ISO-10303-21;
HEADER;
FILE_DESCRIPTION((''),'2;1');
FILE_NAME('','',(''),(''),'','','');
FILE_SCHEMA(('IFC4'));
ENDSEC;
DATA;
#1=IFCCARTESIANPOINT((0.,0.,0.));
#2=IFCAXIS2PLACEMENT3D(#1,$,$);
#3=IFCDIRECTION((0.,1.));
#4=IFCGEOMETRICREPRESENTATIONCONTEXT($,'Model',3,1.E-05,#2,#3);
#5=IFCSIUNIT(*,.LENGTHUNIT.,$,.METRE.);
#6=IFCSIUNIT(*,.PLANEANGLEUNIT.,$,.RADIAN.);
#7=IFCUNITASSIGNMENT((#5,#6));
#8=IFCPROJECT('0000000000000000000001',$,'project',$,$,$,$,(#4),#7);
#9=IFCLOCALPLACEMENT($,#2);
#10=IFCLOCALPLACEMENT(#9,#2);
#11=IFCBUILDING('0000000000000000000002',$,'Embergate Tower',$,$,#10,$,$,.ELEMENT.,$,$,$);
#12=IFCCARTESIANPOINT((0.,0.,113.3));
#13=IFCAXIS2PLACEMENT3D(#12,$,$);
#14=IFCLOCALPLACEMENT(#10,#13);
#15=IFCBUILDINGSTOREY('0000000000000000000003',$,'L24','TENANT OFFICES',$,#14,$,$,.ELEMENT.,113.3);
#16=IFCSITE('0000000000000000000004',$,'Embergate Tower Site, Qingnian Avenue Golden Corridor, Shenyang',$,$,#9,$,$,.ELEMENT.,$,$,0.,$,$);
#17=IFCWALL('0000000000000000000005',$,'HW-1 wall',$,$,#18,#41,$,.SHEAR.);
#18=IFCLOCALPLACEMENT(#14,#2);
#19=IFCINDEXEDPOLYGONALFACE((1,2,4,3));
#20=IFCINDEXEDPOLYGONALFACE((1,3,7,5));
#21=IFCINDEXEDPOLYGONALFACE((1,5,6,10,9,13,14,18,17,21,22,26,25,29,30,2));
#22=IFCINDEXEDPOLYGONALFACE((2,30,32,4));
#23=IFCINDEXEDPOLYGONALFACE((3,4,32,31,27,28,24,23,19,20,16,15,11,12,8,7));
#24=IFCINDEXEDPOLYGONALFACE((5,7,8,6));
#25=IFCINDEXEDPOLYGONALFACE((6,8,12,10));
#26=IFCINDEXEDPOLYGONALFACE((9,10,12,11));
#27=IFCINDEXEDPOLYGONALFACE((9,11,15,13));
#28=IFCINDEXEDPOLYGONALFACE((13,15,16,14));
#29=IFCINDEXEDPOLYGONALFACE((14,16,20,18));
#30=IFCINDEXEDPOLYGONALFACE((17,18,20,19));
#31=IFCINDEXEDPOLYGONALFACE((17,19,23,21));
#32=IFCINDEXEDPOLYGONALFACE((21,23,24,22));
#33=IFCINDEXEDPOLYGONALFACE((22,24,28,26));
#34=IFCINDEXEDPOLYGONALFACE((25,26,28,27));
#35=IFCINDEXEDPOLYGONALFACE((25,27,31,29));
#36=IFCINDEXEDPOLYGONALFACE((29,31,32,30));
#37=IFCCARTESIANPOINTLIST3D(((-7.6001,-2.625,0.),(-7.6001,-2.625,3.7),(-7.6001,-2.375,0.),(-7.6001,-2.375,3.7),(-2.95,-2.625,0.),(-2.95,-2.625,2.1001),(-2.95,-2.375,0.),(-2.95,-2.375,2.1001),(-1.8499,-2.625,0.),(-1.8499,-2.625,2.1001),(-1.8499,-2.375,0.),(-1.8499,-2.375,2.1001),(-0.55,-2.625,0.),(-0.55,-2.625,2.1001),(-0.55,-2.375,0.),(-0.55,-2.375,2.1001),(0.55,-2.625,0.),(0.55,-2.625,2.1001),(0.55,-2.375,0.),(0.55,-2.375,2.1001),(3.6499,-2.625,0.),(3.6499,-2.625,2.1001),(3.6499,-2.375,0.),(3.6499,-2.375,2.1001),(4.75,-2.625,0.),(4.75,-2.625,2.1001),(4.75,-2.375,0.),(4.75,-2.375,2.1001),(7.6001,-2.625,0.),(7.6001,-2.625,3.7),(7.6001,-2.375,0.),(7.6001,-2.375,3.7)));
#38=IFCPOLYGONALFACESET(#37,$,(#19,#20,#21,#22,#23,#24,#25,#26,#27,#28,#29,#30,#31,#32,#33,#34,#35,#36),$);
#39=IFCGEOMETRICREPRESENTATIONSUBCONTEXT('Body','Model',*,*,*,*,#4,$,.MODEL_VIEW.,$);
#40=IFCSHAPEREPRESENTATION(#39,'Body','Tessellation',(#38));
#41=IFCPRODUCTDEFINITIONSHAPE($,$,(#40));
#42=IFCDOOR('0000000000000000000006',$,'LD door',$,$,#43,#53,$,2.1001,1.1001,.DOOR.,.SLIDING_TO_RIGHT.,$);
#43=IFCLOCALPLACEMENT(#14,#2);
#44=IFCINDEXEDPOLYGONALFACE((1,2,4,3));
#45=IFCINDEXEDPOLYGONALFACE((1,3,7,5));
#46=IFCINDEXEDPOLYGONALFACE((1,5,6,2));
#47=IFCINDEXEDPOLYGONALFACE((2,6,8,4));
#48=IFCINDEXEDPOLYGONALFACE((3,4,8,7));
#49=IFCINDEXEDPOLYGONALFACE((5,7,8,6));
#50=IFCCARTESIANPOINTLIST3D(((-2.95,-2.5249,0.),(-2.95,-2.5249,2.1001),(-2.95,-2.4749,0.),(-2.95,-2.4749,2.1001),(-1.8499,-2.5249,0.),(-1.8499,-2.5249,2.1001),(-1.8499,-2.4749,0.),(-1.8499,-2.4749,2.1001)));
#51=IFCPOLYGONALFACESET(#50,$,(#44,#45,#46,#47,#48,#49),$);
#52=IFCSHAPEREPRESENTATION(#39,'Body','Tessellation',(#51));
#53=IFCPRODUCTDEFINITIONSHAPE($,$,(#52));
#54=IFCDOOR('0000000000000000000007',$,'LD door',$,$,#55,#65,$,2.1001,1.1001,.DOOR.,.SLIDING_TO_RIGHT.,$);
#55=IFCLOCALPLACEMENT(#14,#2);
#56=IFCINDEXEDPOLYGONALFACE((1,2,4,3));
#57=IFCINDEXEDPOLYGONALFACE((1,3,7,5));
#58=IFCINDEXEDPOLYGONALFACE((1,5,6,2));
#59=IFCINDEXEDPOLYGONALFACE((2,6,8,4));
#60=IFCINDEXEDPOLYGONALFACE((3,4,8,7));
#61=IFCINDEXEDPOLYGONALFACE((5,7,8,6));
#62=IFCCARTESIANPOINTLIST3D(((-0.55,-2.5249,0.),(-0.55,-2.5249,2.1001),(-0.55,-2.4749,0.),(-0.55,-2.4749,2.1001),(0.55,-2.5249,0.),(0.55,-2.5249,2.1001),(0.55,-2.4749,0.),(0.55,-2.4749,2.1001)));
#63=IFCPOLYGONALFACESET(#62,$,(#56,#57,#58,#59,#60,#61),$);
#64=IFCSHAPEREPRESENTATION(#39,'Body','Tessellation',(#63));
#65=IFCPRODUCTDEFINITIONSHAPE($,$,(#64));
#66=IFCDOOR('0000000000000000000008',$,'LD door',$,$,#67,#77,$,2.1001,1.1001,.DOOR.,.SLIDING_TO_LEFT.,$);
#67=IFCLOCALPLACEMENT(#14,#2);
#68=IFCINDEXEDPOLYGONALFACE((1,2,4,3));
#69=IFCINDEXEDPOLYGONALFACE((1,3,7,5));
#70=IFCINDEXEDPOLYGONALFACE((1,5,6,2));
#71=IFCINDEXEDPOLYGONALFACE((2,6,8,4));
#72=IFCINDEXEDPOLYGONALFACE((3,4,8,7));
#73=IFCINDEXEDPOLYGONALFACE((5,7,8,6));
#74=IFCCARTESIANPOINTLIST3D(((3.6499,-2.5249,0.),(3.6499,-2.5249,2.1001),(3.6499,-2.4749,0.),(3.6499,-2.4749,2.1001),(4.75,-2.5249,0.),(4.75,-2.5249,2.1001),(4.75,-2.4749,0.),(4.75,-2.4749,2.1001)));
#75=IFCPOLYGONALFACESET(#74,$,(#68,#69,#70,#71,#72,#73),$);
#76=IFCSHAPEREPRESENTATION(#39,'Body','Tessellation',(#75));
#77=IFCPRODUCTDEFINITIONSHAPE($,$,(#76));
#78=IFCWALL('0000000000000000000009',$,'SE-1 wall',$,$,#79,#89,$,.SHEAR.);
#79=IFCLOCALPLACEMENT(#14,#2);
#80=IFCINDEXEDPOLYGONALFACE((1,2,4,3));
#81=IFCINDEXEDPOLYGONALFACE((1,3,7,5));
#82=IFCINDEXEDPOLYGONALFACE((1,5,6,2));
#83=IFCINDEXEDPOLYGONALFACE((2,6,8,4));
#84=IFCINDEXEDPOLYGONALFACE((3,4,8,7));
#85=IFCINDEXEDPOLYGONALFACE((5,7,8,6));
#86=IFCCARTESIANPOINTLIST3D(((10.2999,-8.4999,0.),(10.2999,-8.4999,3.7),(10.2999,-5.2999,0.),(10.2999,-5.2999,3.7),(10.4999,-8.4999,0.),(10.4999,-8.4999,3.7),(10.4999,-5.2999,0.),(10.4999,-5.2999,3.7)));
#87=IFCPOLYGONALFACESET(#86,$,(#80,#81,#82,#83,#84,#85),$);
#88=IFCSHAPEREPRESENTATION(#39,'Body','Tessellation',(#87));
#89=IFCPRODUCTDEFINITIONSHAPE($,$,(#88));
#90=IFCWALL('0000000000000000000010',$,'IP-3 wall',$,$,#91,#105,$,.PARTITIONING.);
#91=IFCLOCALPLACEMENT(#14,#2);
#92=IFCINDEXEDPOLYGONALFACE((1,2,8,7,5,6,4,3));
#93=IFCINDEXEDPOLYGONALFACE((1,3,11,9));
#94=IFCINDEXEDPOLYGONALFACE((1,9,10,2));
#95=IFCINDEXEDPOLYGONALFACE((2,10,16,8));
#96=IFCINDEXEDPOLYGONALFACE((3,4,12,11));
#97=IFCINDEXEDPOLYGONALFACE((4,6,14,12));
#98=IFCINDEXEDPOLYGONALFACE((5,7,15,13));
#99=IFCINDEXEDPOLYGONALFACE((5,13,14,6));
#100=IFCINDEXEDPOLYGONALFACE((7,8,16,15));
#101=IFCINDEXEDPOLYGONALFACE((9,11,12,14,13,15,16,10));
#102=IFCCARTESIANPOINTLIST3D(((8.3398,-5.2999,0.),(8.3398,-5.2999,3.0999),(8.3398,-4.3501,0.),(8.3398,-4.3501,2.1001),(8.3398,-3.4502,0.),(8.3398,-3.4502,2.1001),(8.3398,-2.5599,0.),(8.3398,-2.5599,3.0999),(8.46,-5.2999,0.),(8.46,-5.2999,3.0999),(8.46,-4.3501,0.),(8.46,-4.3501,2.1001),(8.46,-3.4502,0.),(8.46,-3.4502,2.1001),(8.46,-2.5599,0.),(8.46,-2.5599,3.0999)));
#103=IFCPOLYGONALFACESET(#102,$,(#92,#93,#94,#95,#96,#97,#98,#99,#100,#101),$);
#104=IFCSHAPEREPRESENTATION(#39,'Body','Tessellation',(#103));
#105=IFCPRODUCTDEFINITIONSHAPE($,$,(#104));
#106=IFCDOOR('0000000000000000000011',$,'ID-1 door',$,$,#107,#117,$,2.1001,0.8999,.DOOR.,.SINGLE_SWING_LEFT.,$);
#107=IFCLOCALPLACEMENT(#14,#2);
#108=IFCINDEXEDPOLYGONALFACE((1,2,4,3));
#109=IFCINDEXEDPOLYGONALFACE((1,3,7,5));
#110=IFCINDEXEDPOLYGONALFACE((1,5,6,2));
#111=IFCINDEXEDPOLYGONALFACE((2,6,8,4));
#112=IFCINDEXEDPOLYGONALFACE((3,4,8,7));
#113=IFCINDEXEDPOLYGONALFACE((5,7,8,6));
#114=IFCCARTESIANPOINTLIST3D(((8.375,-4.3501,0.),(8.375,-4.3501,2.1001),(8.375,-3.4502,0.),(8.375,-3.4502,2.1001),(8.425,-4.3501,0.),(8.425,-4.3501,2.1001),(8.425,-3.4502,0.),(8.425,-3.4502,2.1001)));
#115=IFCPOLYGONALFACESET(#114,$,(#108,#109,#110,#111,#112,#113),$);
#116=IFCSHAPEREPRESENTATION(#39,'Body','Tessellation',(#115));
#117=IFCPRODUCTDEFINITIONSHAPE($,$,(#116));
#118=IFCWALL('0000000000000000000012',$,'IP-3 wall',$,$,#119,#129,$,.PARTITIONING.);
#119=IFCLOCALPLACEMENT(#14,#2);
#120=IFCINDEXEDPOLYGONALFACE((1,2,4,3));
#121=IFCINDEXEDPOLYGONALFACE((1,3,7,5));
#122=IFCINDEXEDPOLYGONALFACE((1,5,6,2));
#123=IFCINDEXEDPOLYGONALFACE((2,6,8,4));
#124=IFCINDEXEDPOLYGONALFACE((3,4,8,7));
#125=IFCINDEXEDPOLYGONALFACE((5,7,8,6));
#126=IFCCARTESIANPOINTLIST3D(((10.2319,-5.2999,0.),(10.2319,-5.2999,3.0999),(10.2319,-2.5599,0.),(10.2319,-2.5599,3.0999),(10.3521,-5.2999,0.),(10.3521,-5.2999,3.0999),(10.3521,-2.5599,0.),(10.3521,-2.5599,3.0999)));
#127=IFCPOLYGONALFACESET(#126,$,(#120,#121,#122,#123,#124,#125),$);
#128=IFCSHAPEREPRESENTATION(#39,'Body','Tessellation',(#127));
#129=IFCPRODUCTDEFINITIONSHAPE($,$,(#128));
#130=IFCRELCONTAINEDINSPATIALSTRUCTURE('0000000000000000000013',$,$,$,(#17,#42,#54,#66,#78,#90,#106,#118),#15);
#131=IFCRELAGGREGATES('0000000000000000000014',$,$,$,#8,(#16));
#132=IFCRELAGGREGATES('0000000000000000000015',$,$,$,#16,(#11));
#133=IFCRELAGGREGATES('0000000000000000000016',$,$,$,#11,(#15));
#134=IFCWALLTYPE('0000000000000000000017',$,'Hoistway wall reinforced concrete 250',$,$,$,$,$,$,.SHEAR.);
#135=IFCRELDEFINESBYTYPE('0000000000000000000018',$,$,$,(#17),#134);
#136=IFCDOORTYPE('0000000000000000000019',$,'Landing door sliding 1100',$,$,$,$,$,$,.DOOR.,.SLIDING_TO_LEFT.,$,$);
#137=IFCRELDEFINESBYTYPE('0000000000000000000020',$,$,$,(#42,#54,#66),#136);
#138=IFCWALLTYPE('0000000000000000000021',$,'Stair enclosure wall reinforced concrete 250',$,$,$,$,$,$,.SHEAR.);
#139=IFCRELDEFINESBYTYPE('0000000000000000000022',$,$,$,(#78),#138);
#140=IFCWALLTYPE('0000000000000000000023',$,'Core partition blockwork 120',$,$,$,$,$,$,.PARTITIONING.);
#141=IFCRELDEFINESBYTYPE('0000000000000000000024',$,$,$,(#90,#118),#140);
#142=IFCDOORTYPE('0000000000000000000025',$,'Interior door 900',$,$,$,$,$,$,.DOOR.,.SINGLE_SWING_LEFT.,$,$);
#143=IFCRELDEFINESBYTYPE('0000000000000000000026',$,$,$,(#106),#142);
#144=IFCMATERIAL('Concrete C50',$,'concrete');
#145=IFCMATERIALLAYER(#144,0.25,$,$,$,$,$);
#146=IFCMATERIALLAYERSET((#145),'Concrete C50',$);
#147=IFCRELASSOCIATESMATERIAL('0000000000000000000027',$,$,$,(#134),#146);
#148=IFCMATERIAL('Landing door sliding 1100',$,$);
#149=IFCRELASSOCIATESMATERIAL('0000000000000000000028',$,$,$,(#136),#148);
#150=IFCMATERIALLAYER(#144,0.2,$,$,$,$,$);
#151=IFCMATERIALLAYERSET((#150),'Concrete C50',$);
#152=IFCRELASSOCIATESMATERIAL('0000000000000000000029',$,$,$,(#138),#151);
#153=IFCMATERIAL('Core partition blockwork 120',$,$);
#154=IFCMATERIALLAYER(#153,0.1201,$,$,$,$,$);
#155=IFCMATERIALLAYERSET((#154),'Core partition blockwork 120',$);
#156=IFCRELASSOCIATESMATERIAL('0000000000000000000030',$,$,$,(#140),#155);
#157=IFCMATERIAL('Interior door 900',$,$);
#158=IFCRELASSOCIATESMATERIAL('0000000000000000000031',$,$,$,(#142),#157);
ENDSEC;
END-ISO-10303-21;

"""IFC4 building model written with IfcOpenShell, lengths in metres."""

from ifc_helpers import new_model, si_unit, direction, frame, frame_2d, origin, place, context, subcontext, project, spatial, rectangle, extrude, source, transform, mapped, material, layer, layer_set, type_object, element, fill, save


model = new_model("IFC4")

# Units and contexts
model_context = context("Model", 3, precision=1e-05, world=origin(), true_north=direction((0.0, 1.0)))
body_context = subcontext(model_context, "Body", "Model", "MODEL_VIEW")
ifc_project = project(units=[si_unit("LENGTHUNIT", "METRE"), si_unit("PLANEANGLEUNIT", "RADIAN")], contexts=[model_context])

# Site, building, storey
site_placement = place(None, origin())
site = spatial("IfcSite", under=ifc_project, at=site_placement, Name="Embergate Tower Site, Qingnian Avenue Golden Corridor, Shenyang", CompositionType="ELEMENT", RefElevation=0.0)
building_placement = place(site_placement, origin())
building = spatial("IfcBuilding", under=site, at=building_placement, Name="Embergate Tower", CompositionType="ELEMENT")
storey_placement = place(building_placement, frame((0.0, 0.0, 113.3)))
storey = spatial("IfcBuildingStorey", under=building, at=storey_placement, Name="L24", Description="TENANT OFFICES", CompositionType="ELEMENT", Elevation=113.3)

# Shared definitions
ifc_material_1 = material(Name="Concrete C50", Category="concrete")
ifc_layer_1 = layer(ifc_material_1, 0.25)
ifc_layer_set_1 = layer_set([ifc_layer_1], Name="Concrete C50")
wall_type_1 = type_object("IfcWallType", Name="Hoistway wall reinforced concrete 250", PredefinedType="SHEAR", material=ifc_layer_set_1)

# Wall, openings, doors
shared_shape_1 = source(origin(), body_context, "Body", "SweptSolid", [
    extrude(rectangle(XDim=15.2002, YDim=0.25, at=frame_2d((7.6001, 0.0))), origin(), (0.0, 0.0, 1.0), 3.7),
])
wall_1_placement = place(storey_placement, frame((7.6001, -2.5, 0.0), z_axis=(0.0, 0.0, 1.0), x_axis=(-1.0, 0.0, 0.0)))
wall_1 = element("IfcWall", 1, at=wall_1_placement, inside=storey, type_object=wall_type_1, Name="HW-1 wall", PredefinedType="SHEAR", context=body_context, shape_type="MappedRepresentation", body=[
    mapped(shared_shape_1, transform((0.0, 0.0, 0.0))),
])
shared_shape_2 = source(origin(), body_context, "Body", "SweptSolid", [
    extrude(rectangle(XDim=1.1001, YDim=2.1001, at=frame_2d((0.55, 1.05))), frame((0.0, 0.135, 0.0), z_axis=(0.0, -1.0, 0.0), x_axis=(1.0, 0.0, 0.0)), (0.0, 0.0, 1.0), 0.27),
])
opening_1_placement = place(wall_1_placement, frame((9.45, 0.0, 0.0)))
opening_1 = element("IfcOpeningElement", 2, at=opening_1_placement, cuts=wall_1, PredefinedType="OPENING", context=body_context, shape_type="MappedRepresentation", body=[
    mapped(shared_shape_2, transform((0.0, 0.0, 0.0))),
])
opening_2_placement = place(wall_1_placement, frame((7.05, 0.0, 0.0)))
opening_2 = element("IfcOpeningElement", 3, at=opening_2_placement, cuts=wall_1, PredefinedType="OPENING", context=body_context, shape_type="MappedRepresentation", body=[
    mapped(shared_shape_2, transform((0.0, 0.0, 0.0))),
])
opening_3_placement = place(wall_1_placement, frame((2.8501, 0.0, 0.0)))
opening_3 = element("IfcOpeningElement", 4, at=opening_3_placement, cuts=wall_1, PredefinedType="OPENING", context=body_context, shape_type="MappedRepresentation", body=[
    mapped(shared_shape_2, transform((0.0, 0.0, 0.0))),
])
ifc_material_2 = material(Name="Landing door sliding 1100")
door_type_1 = type_object("IfcDoorType", Name="Landing door sliding 1100", OperationType="SLIDING_TO_LEFT", PredefinedType="DOOR", material=ifc_material_2)
shared_shape_3 = source(origin(), body_context, "Body", "SweptSolid", [
    extrude(rectangle(XDim=1.1001, YDim=2.1001, at=frame_2d((0.55, 1.05))), frame((0.0, 0.0249, 0.0), z_axis=(0.0, -1.0, 0.0), x_axis=(1.0, 0.0, 0.0)), (0.0, 0.0, 1.0), 0.05),
])
door_1_placement = place(opening_1_placement, origin())
door_1 = element("IfcDoor", 5, at=door_1_placement, inside=storey, type_object=door_type_1, Name="LD door", OperationType="SLIDING_TO_RIGHT", OverallHeight=2.1001, OverallWidth=1.1001, PredefinedType="DOOR", context=body_context, shape_type="MappedRepresentation", body=[
    mapped(shared_shape_3, transform((0.0, 0.0, 0.0))),
])
fill(opening_1, door_1)
door_2_placement = place(opening_2_placement, origin())
door_2 = element("IfcDoor", 6, at=door_2_placement, inside=storey, type_object=door_type_1, Name="LD door", OperationType="SLIDING_TO_RIGHT", OverallHeight=2.1001, OverallWidth=1.1001, PredefinedType="DOOR", context=body_context, shape_type="MappedRepresentation", body=[
    mapped(shared_shape_3, transform((0.0, 0.0, 0.0))),
])
fill(opening_2, door_2)
door_3_placement = place(opening_3_placement, origin())
door_3 = element("IfcDoor", 7, at=door_3_placement, inside=storey, type_object=door_type_1, Name="LD door", OperationType="SLIDING_TO_LEFT", OverallHeight=2.1001, OverallWidth=1.1001, PredefinedType="DOOR", context=body_context, shape_type="MappedRepresentation", body=[
    mapped(shared_shape_3, transform((0.0, 0.0, 0.0))),
])
fill(opening_3, door_3)

# Wall
ifc_layer_2 = layer(ifc_material_1, 0.2)
ifc_layer_set_2 = layer_set([ifc_layer_2], Name="Concrete C50")
wall_type_2 = type_object("IfcWallType", Name="Stair enclosure wall reinforced concrete 250", PredefinedType="SHEAR", material=ifc_layer_set_2)
shared_shape_4 = source(origin(), body_context, "Body", "SweptSolid", [
    extrude(rectangle(XDim=3.2, YDim=0.2, at=frame_2d((1.6001, 0.0))), origin(), (0.0, 0.0, 1.0), 3.7),
])
wall_2_placement = place(storey_placement, frame((10.3999, -8.5, 0.0), z_axis=(0.0, 0.0, 1.0), x_axis=(0.0, 1.0, 0.0)))
element("IfcWall", 8, at=wall_2_placement, inside=storey, type_object=wall_type_2, Name="SE-1 wall", PredefinedType="SHEAR", context=body_context, shape_type="MappedRepresentation", body=[
    mapped(shared_shape_4, transform((0.0, 0.0, 0.0))),
])

# Wall, opening, door
ifc_material_3 = material(Name="Core partition blockwork 120")
ifc_layer_3 = layer(ifc_material_3, 0.1201)
ifc_layer_set_3 = layer_set([ifc_layer_3], Name="Core partition blockwork 120")
wall_type_3 = type_object("IfcWallType", Name="Core partition blockwork 120", PredefinedType="PARTITIONING", material=ifc_layer_set_3)
shared_shape_5 = source(origin(), body_context, "Body", "SweptSolid", [
    extrude(rectangle(XDim=2.74, YDim=0.1201, at=frame_2d((1.3701, 0.0))), origin(), (0.0, 0.0, 1.0), 3.0999),
])
wall_3_placement = place(storey_placement, frame((8.3999, -5.3, 0.0), z_axis=(0.0, 0.0, 1.0), x_axis=(0.0, 1.0, 0.0)))
wall_3 = element("IfcWall", 9, at=wall_3_placement, inside=storey, type_object=wall_type_3, Name="IP-3 wall", PredefinedType="PARTITIONING", context=body_context, shape_type="MappedRepresentation", body=[
    mapped(shared_shape_5, transform((0.0, 0.0, 0.0))),
])
shared_shape_6 = source(origin(), body_context, "Body", "SweptSolid", [
    extrude(rectangle(XDim=0.8999, YDim=2.1001, at=frame_2d((0.45, 1.05))), frame((0.0, 0.0701, 0.0), z_axis=(0.0, -1.0, 0.0), x_axis=(1.0, 0.0, 0.0)), (0.0, 0.0, 1.0), 0.1401),
])
opening_4_placement = place(wall_3_placement, frame((0.95, 0.0, 0.0)))
opening_4 = element("IfcOpeningElement", 10, at=opening_4_placement, cuts=wall_3, PredefinedType="OPENING", context=body_context, shape_type="MappedRepresentation", body=[
    mapped(shared_shape_6, transform((0.0, 0.0, 0.0))),
])
ifc_material_4 = material(Name="Interior door 900")
door_type_2 = type_object("IfcDoorType", Name="Interior door 900", OperationType="SINGLE_SWING_LEFT", PredefinedType="DOOR", material=ifc_material_4)
shared_shape_7 = source(origin(), body_context, "Body", "SweptSolid", [
    extrude(rectangle(XDim=0.8999, YDim=2.1001, at=frame_2d((0.45, 1.05))), frame((0.0, 0.0249, 0.0), z_axis=(0.0, -1.0, 0.0), x_axis=(1.0, 0.0, 0.0)), (0.0, 0.0, 1.0), 0.05),
])
door_4_placement = place(opening_4_placement, origin())
door_4 = element("IfcDoor", 11, at=door_4_placement, inside=storey, type_object=door_type_2, Name="ID-1 door", OperationType="SINGLE_SWING_LEFT", OverallHeight=2.1001, OverallWidth=0.8999, PredefinedType="DOOR", context=body_context, shape_type="MappedRepresentation", body=[
    mapped(shared_shape_7, transform((0.0, 0.0, 0.0))),
])
fill(opening_4, door_4)

# Wall
wall_4_placement = place(storey_placement, frame((10.292, -5.3, 0.0), z_axis=(0.0, 0.0, 1.0), x_axis=(0.0, 1.0, 0.0)))
element("IfcWall", 12, at=wall_4_placement, inside=storey, type_object=wall_type_3, Name="IP-3 wall", PredefinedType="PARTITIONING", context=body_context, shape_type="MappedRepresentation", body=[
    mapped(shared_shape_5, transform((0.0, 0.0, 0.0))),
])

save(model, "model.ifc")
